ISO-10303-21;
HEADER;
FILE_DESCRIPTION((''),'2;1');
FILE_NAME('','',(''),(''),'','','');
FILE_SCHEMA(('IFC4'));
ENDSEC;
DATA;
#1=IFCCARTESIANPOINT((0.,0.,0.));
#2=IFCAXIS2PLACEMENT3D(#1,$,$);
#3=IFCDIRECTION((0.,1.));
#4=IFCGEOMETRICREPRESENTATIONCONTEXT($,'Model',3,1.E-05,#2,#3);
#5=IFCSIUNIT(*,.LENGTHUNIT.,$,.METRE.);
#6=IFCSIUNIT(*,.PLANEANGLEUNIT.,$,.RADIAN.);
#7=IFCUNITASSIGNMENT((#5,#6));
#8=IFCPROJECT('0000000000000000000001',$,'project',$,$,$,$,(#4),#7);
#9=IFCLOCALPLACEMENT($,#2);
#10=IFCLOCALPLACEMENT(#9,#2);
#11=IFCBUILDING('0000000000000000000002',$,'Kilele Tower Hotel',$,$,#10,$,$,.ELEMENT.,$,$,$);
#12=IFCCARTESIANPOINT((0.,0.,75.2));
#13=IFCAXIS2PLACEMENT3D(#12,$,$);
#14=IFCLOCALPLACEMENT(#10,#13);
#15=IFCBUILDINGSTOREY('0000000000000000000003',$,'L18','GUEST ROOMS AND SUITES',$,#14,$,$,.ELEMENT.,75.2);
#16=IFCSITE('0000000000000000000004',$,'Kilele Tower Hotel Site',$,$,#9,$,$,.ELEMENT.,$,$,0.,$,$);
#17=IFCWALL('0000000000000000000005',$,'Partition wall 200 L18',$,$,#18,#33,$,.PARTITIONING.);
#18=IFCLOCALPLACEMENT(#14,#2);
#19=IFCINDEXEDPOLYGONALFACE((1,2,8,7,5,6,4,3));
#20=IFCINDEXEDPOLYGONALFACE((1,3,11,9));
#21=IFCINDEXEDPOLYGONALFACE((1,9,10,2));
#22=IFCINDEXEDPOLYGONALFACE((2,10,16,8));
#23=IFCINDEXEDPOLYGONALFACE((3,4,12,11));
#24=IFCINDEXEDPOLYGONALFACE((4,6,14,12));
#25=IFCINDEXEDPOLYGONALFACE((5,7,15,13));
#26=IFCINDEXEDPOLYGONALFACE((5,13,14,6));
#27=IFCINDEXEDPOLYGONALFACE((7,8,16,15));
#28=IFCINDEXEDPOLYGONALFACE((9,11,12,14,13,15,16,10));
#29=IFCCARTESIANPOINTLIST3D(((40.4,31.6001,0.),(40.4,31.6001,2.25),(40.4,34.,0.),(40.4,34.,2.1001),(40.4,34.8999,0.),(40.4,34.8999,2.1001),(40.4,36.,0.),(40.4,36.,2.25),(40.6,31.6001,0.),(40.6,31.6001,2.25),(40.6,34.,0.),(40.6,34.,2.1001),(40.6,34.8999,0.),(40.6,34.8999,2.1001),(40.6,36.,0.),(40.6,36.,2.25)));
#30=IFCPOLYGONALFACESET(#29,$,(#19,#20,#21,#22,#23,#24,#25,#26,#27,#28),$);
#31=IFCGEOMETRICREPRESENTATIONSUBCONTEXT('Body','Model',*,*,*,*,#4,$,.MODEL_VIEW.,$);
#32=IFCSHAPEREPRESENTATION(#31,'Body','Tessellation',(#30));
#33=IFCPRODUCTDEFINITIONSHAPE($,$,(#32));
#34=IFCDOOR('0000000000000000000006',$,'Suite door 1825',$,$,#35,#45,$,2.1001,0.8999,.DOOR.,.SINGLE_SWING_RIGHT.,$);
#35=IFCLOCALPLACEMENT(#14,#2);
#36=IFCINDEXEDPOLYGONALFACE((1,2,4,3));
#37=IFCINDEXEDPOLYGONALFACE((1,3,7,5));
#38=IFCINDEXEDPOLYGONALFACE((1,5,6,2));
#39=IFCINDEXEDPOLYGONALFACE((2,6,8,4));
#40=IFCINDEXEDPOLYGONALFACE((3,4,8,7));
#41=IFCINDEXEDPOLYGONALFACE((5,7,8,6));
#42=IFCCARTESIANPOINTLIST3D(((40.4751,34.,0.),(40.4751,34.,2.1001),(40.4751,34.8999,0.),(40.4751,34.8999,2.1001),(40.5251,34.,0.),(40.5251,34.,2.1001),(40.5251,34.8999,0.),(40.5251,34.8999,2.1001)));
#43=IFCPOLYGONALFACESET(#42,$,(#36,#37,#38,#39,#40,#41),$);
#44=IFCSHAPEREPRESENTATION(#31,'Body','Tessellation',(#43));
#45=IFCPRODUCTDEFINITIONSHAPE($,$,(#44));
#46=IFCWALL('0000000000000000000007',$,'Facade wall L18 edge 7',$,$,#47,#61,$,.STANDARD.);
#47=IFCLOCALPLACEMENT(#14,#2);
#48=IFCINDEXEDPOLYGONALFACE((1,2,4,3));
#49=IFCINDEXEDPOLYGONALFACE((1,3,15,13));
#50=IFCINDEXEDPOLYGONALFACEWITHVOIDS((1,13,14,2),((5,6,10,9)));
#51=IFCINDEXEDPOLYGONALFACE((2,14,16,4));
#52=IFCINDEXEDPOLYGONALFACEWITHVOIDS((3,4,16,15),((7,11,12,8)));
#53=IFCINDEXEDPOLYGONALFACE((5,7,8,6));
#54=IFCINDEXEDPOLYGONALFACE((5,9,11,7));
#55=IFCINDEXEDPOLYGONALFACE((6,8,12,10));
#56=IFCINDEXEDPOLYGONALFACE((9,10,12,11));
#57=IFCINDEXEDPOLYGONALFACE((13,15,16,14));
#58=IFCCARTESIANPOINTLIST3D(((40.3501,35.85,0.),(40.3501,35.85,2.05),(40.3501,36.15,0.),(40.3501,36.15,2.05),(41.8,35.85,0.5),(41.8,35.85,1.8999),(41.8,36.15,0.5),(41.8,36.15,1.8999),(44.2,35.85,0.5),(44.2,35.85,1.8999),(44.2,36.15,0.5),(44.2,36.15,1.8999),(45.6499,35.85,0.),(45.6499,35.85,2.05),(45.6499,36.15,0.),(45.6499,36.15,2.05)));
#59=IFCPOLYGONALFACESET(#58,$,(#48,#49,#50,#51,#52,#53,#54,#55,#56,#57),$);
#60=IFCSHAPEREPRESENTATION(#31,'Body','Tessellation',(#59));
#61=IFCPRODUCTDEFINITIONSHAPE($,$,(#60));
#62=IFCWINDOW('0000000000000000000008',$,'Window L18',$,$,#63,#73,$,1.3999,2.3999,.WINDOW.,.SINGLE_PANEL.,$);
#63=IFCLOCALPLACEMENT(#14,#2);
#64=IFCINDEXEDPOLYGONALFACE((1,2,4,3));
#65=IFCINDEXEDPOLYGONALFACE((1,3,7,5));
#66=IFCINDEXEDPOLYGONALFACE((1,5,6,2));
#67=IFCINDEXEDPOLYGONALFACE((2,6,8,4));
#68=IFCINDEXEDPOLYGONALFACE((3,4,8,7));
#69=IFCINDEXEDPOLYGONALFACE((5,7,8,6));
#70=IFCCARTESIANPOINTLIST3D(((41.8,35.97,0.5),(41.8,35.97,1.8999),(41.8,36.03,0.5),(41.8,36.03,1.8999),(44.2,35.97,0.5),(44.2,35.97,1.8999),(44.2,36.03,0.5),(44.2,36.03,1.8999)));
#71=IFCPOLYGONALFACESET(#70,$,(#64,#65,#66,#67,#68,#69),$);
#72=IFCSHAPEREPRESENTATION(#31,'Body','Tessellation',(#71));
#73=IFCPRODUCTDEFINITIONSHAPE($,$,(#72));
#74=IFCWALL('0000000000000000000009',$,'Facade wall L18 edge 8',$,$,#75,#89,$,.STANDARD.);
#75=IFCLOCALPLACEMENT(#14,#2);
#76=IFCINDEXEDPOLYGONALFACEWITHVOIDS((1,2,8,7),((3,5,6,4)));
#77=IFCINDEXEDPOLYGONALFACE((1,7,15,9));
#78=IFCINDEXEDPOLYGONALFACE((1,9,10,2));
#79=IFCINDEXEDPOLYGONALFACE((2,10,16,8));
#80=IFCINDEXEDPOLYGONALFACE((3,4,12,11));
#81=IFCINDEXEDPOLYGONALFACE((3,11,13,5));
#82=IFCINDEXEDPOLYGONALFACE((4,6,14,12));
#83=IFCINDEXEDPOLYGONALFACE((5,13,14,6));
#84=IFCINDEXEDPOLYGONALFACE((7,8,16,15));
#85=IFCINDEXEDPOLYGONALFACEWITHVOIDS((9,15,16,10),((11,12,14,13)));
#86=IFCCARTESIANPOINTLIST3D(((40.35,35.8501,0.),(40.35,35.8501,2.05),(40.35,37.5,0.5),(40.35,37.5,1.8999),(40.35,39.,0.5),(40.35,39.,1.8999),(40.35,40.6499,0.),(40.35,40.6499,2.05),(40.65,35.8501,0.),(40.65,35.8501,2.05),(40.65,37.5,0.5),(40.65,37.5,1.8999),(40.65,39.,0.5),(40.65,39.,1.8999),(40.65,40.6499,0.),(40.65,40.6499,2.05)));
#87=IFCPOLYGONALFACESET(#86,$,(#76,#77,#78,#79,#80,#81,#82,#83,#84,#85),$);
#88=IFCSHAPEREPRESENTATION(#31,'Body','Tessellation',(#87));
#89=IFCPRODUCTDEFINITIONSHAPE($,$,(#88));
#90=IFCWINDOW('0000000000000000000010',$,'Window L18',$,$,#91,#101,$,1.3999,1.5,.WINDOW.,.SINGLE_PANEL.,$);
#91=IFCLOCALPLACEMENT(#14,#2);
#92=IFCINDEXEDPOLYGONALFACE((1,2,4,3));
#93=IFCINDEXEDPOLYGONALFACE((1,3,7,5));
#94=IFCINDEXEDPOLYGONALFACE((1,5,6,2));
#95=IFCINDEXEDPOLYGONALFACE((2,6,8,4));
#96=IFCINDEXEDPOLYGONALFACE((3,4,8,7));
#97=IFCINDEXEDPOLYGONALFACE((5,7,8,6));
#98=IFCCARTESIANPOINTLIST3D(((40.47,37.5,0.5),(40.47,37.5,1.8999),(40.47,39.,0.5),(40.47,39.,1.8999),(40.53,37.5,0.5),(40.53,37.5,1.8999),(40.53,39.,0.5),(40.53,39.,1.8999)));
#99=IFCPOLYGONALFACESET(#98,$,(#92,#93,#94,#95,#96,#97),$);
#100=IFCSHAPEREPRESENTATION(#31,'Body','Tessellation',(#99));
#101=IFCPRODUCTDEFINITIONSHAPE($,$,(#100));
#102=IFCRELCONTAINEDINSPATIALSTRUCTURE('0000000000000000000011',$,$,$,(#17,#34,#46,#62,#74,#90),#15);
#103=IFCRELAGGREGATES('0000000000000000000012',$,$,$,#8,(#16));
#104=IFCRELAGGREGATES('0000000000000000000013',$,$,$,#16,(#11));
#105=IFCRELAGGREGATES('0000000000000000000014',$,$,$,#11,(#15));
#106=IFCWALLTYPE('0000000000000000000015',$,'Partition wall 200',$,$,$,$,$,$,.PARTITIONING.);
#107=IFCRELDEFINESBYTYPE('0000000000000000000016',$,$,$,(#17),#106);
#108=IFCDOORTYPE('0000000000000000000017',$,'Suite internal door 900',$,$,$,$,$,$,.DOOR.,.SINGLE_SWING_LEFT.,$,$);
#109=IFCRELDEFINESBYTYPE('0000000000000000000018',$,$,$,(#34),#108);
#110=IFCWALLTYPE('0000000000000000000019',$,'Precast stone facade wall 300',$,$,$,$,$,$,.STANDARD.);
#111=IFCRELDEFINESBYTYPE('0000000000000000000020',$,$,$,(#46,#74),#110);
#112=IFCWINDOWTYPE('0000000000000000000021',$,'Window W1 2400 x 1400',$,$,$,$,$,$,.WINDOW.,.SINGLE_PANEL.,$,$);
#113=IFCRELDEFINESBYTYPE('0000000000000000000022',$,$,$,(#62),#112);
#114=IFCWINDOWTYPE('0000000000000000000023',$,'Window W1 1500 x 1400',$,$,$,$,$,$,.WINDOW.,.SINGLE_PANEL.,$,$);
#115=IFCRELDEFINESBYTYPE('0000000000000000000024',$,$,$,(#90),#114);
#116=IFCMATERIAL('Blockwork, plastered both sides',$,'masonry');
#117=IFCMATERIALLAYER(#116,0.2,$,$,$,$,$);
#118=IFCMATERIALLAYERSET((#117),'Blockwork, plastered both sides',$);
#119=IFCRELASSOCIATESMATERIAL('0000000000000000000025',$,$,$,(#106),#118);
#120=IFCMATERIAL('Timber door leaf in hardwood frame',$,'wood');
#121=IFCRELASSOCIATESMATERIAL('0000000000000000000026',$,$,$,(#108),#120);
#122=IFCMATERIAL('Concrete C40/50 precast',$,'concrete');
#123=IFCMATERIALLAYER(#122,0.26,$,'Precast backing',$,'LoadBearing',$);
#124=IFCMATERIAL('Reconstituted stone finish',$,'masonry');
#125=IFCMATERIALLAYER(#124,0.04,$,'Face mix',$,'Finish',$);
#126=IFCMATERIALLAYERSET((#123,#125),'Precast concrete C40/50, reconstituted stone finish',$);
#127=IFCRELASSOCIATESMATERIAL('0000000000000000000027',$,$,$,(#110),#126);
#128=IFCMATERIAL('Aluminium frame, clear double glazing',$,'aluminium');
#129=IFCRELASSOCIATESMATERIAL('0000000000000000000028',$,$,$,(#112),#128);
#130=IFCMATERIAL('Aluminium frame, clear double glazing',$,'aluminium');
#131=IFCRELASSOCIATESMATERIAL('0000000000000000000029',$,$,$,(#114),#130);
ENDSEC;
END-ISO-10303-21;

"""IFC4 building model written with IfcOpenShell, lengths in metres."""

from ifc_helpers import new_model, si_unit, direction, frame, frame_2d, origin, place, context, subcontext, project, spatial, rectangle, extrude, material, layer, layer_set, type_object, element, fill, save


model = new_model("IFC4")

# Units and contexts
model_context = context("Model", 3, precision=1e-05, world=origin(), true_north=direction((0.0, 1.0)))
body_context = subcontext(model_context, "Body", "Model", "MODEL_VIEW")
ifc_project = project(units=[si_unit("LENGTHUNIT", "METRE"), si_unit("PLANEANGLEUNIT", "RADIAN")], contexts=[model_context])

# Site, building, storey
site_placement = place(None, origin())
site = spatial("IfcSite", under=ifc_project, at=site_placement, Name="Kilele Tower Hotel Site", CompositionType="ELEMENT", RefElevation=0.0)
building_placement = place(site_placement, origin())
building = spatial("IfcBuilding", under=site, at=building_placement, Name="Kilele Tower Hotel", CompositionType="ELEMENT")
storey_placement = place(building_placement, frame((0.0, 0.0, 75.2)))
storey = spatial("IfcBuildingStorey", under=building, at=storey_placement, Name="L18", Description="GUEST ROOMS AND SUITES", CompositionType="ELEMENT", Elevation=75.2)

# Wall, opening, door
ifc_material_1 = material(Name="Blockwork, plastered both sides", Category="masonry")
ifc_layer_1 = layer(ifc_material_1, 0.2)
ifc_layer_set_1 = layer_set([ifc_layer_1], Name="Blockwork, plastered both sides")
wall_type_1 = type_object("IfcWallType", Name="Partition wall 200", PredefinedType="PARTITIONING", material=ifc_layer_set_1)
wall_1_placement = place(storey_placement, frame((40.5, 31.6001, 0.0), z_axis=(0.0, 0.0, 1.0), x_axis=(0.0, 1.0, 0.0)))
wall_1 = element("IfcWall", 1, at=wall_1_placement, inside=storey, type_object=wall_type_1, Name="Partition wall 200 L18", PredefinedType="PARTITIONING", context=body_context, shape_type="SweptSolid", body=[
    extrude(rectangle(XDim=4.3999, YDim=0.2, at=frame_2d((2.2, 0.0))), origin(), (0.0, 0.0, 1.0), 2.25),
])
opening_1_placement = place(wall_1_placement, frame((2.3999, 0.0, 0.0)))
opening_1 = element("IfcOpeningElement", 2, at=opening_1_placement, cuts=wall_1, PredefinedType="OPENING", context=body_context, shape_type="SweptSolid", body=[
    extrude(rectangle(XDim=0.8999, YDim=2.1001, at=frame_2d((0.45, 1.05))), frame((0.0, 0.1099, 0.0), z_axis=(0.0, -1.0, 0.0), x_axis=(1.0, 0.0, 0.0)), (0.0, 0.0, 1.0), 0.22),
])
ifc_material_2 = material(Name="Timber door leaf in hardwood frame", Category="wood")
door_type_1 = type_object("IfcDoorType", Name="Suite internal door 900", OperationType="SINGLE_SWING_LEFT", PredefinedType="DOOR", material=ifc_material_2)
door_1_placement = place(opening_1_placement, origin())
door_1 = element("IfcDoor", 3, at=door_1_placement, inside=storey, type_object=door_type_1, Name="Suite door 1825", OperationType="SINGLE_SWING_RIGHT", OverallHeight=2.1001, OverallWidth=0.8999, PredefinedType="DOOR", context=body_context, shape_type="SweptSolid", body=[
    extrude(rectangle(XDim=0.8999, YDim=2.1001, at=frame_2d((0.45, 1.05))), frame((0.0, 0.0249, 0.0), z_axis=(0.0, -1.0, 0.0), x_axis=(1.0, 0.0, 0.0)), (0.0, 0.0, 1.0), 0.05),
])
fill(opening_1, door_1)

# Walls, openings, windows
ifc_material_3 = material(Name="Concrete C40/50 precast", Category="concrete")
ifc_layer_2 = layer(ifc_material_3, 0.26, Name="Precast backing", Category="LoadBearing")
ifc_material_4 = material(Name="Reconstituted stone finish", Category="masonry")
ifc_layer_3 = layer(ifc_material_4, 0.04, Name="Face mix", Category="Finish")
ifc_layer_set_2 = layer_set([ifc_layer_2, ifc_layer_3], Name="Precast concrete C40/50, reconstituted stone finish")
wall_type_2 = type_object("IfcWallType", Name="Precast stone facade wall 300", PredefinedType="STANDARD", material=ifc_layer_set_2)
wall_2_placement = place(storey_placement, frame((45.6499, 36.0, 0.0), z_axis=(0.0, 0.0, 1.0), x_axis=(-1.0, 0.0, 0.0)))
wall_2 = element("IfcWall", 4, at=wall_2_placement, inside=storey, type_object=wall_type_2, Name="Facade wall L18 edge 7", PredefinedType="STANDARD", context=body_context, shape_type="SweptSolid", body=[
    extrude(rectangle(XDim=5.2998, YDim=0.3, at=frame_2d((2.6499, 0.0))), origin(), (0.0, 0.0, 1.0), 2.05),
])
opening_2_placement = place(wall_2_placement, frame((1.45, 0.0, 0.5)))
opening_2 = element("IfcOpeningElement", 5, at=opening_2_placement, cuts=wall_2, PredefinedType="OPENING", context=body_context, shape_type="SweptSolid", body=[
    extrude(rectangle(XDim=2.3999, YDim=1.3999, at=frame_2d((1.2, 0.7))), frame((0.0, 0.1599, 0.0), z_axis=(0.0, -1.0, 0.0), x_axis=(1.0, 0.0, 0.0)), (0.0, 0.0, 1.0), 0.3201),
])
ifc_material_5 = material(Name="Aluminium frame, clear double glazing", Category="aluminium")
window_type_1 = type_object("IfcWindowType", Name="Window W1 2400 x 1400", PartitioningType="SINGLE_PANEL", PredefinedType="WINDOW", material=ifc_material_5)
window_1_placement = place(opening_2_placement, origin())
window_1 = element("IfcWindow", 6, at=window_1_placement, inside=storey, type_object=window_type_1, Name="Window L18", OverallHeight=1.3999, OverallWidth=2.3999, PartitioningType="SINGLE_PANEL", PredefinedType="WINDOW", context=body_context, shape_type="SweptSolid", body=[
    extrude(rectangle(XDim=2.3999, YDim=1.3999, at=frame_2d((1.2, 0.7))), frame((0.0, 0.03, 0.0), z_axis=(0.0, -1.0, 0.0), x_axis=(1.0, 0.0, 0.0)), (0.0, 0.0, 1.0), 0.0601),
])
fill(opening_2, window_1)
wall_3_placement = place(storey_placement, frame((40.5, 35.8501, 0.0), z_axis=(0.0, 0.0, 1.0), x_axis=(0.0, 1.0, 0.0)))
wall_3 = element("IfcWall", 7, at=wall_3_placement, inside=storey, type_object=wall_type_2, Name="Facade wall L18 edge 8", PredefinedType="STANDARD", context=body_context, shape_type="SweptSolid", body=[
    extrude(rectangle(XDim=4.7998, YDim=0.3, at=frame_2d((2.3999, 0.0))), origin(), (0.0, 0.0, 1.0), 2.05),
])
opening_3_placement = place(wall_3_placement, frame((1.6499, 0.0, 0.5)))
opening_3 = element("IfcOpeningElement", 8, at=opening_3_placement, cuts=wall_3, PredefinedType="OPENING", context=body_context, shape_type="SweptSolid", body=[
    extrude(rectangle(XDim=1.5, YDim=1.3999, at=frame_2d((0.75, 0.7))), frame((0.0, 0.1599, 0.0), z_axis=(0.0, -1.0, 0.0), x_axis=(1.0, 0.0, 0.0)), (0.0, 0.0, 1.0), 0.3201),
])
ifc_material_6 = material(Name="Aluminium frame, clear double glazing", Category="aluminium")
window_type_2 = type_object("IfcWindowType", Name="Window W1 1500 x 1400", PartitioningType="SINGLE_PANEL", PredefinedType="WINDOW", material=ifc_material_6)
window_2_placement = place(opening_3_placement, origin())
window_2 = element("IfcWindow", 9, at=window_2_placement, inside=storey, type_object=window_type_2, Name="Window L18", OverallHeight=1.3999, OverallWidth=1.5, PartitioningType="SINGLE_PANEL", PredefinedType="WINDOW", context=body_context, shape_type="SweptSolid", body=[
    extrude(rectangle(XDim=1.5, YDim=1.3999, at=frame_2d((0.75, 0.7))), frame((0.0, 0.03, 0.0), z_axis=(0.0, -1.0, 0.0), x_axis=(1.0, 0.0, 0.0)), (0.0, 0.0, 1.0), 0.0601),
])
fill(opening_3, window_2)

save(model, "model.ifc")
